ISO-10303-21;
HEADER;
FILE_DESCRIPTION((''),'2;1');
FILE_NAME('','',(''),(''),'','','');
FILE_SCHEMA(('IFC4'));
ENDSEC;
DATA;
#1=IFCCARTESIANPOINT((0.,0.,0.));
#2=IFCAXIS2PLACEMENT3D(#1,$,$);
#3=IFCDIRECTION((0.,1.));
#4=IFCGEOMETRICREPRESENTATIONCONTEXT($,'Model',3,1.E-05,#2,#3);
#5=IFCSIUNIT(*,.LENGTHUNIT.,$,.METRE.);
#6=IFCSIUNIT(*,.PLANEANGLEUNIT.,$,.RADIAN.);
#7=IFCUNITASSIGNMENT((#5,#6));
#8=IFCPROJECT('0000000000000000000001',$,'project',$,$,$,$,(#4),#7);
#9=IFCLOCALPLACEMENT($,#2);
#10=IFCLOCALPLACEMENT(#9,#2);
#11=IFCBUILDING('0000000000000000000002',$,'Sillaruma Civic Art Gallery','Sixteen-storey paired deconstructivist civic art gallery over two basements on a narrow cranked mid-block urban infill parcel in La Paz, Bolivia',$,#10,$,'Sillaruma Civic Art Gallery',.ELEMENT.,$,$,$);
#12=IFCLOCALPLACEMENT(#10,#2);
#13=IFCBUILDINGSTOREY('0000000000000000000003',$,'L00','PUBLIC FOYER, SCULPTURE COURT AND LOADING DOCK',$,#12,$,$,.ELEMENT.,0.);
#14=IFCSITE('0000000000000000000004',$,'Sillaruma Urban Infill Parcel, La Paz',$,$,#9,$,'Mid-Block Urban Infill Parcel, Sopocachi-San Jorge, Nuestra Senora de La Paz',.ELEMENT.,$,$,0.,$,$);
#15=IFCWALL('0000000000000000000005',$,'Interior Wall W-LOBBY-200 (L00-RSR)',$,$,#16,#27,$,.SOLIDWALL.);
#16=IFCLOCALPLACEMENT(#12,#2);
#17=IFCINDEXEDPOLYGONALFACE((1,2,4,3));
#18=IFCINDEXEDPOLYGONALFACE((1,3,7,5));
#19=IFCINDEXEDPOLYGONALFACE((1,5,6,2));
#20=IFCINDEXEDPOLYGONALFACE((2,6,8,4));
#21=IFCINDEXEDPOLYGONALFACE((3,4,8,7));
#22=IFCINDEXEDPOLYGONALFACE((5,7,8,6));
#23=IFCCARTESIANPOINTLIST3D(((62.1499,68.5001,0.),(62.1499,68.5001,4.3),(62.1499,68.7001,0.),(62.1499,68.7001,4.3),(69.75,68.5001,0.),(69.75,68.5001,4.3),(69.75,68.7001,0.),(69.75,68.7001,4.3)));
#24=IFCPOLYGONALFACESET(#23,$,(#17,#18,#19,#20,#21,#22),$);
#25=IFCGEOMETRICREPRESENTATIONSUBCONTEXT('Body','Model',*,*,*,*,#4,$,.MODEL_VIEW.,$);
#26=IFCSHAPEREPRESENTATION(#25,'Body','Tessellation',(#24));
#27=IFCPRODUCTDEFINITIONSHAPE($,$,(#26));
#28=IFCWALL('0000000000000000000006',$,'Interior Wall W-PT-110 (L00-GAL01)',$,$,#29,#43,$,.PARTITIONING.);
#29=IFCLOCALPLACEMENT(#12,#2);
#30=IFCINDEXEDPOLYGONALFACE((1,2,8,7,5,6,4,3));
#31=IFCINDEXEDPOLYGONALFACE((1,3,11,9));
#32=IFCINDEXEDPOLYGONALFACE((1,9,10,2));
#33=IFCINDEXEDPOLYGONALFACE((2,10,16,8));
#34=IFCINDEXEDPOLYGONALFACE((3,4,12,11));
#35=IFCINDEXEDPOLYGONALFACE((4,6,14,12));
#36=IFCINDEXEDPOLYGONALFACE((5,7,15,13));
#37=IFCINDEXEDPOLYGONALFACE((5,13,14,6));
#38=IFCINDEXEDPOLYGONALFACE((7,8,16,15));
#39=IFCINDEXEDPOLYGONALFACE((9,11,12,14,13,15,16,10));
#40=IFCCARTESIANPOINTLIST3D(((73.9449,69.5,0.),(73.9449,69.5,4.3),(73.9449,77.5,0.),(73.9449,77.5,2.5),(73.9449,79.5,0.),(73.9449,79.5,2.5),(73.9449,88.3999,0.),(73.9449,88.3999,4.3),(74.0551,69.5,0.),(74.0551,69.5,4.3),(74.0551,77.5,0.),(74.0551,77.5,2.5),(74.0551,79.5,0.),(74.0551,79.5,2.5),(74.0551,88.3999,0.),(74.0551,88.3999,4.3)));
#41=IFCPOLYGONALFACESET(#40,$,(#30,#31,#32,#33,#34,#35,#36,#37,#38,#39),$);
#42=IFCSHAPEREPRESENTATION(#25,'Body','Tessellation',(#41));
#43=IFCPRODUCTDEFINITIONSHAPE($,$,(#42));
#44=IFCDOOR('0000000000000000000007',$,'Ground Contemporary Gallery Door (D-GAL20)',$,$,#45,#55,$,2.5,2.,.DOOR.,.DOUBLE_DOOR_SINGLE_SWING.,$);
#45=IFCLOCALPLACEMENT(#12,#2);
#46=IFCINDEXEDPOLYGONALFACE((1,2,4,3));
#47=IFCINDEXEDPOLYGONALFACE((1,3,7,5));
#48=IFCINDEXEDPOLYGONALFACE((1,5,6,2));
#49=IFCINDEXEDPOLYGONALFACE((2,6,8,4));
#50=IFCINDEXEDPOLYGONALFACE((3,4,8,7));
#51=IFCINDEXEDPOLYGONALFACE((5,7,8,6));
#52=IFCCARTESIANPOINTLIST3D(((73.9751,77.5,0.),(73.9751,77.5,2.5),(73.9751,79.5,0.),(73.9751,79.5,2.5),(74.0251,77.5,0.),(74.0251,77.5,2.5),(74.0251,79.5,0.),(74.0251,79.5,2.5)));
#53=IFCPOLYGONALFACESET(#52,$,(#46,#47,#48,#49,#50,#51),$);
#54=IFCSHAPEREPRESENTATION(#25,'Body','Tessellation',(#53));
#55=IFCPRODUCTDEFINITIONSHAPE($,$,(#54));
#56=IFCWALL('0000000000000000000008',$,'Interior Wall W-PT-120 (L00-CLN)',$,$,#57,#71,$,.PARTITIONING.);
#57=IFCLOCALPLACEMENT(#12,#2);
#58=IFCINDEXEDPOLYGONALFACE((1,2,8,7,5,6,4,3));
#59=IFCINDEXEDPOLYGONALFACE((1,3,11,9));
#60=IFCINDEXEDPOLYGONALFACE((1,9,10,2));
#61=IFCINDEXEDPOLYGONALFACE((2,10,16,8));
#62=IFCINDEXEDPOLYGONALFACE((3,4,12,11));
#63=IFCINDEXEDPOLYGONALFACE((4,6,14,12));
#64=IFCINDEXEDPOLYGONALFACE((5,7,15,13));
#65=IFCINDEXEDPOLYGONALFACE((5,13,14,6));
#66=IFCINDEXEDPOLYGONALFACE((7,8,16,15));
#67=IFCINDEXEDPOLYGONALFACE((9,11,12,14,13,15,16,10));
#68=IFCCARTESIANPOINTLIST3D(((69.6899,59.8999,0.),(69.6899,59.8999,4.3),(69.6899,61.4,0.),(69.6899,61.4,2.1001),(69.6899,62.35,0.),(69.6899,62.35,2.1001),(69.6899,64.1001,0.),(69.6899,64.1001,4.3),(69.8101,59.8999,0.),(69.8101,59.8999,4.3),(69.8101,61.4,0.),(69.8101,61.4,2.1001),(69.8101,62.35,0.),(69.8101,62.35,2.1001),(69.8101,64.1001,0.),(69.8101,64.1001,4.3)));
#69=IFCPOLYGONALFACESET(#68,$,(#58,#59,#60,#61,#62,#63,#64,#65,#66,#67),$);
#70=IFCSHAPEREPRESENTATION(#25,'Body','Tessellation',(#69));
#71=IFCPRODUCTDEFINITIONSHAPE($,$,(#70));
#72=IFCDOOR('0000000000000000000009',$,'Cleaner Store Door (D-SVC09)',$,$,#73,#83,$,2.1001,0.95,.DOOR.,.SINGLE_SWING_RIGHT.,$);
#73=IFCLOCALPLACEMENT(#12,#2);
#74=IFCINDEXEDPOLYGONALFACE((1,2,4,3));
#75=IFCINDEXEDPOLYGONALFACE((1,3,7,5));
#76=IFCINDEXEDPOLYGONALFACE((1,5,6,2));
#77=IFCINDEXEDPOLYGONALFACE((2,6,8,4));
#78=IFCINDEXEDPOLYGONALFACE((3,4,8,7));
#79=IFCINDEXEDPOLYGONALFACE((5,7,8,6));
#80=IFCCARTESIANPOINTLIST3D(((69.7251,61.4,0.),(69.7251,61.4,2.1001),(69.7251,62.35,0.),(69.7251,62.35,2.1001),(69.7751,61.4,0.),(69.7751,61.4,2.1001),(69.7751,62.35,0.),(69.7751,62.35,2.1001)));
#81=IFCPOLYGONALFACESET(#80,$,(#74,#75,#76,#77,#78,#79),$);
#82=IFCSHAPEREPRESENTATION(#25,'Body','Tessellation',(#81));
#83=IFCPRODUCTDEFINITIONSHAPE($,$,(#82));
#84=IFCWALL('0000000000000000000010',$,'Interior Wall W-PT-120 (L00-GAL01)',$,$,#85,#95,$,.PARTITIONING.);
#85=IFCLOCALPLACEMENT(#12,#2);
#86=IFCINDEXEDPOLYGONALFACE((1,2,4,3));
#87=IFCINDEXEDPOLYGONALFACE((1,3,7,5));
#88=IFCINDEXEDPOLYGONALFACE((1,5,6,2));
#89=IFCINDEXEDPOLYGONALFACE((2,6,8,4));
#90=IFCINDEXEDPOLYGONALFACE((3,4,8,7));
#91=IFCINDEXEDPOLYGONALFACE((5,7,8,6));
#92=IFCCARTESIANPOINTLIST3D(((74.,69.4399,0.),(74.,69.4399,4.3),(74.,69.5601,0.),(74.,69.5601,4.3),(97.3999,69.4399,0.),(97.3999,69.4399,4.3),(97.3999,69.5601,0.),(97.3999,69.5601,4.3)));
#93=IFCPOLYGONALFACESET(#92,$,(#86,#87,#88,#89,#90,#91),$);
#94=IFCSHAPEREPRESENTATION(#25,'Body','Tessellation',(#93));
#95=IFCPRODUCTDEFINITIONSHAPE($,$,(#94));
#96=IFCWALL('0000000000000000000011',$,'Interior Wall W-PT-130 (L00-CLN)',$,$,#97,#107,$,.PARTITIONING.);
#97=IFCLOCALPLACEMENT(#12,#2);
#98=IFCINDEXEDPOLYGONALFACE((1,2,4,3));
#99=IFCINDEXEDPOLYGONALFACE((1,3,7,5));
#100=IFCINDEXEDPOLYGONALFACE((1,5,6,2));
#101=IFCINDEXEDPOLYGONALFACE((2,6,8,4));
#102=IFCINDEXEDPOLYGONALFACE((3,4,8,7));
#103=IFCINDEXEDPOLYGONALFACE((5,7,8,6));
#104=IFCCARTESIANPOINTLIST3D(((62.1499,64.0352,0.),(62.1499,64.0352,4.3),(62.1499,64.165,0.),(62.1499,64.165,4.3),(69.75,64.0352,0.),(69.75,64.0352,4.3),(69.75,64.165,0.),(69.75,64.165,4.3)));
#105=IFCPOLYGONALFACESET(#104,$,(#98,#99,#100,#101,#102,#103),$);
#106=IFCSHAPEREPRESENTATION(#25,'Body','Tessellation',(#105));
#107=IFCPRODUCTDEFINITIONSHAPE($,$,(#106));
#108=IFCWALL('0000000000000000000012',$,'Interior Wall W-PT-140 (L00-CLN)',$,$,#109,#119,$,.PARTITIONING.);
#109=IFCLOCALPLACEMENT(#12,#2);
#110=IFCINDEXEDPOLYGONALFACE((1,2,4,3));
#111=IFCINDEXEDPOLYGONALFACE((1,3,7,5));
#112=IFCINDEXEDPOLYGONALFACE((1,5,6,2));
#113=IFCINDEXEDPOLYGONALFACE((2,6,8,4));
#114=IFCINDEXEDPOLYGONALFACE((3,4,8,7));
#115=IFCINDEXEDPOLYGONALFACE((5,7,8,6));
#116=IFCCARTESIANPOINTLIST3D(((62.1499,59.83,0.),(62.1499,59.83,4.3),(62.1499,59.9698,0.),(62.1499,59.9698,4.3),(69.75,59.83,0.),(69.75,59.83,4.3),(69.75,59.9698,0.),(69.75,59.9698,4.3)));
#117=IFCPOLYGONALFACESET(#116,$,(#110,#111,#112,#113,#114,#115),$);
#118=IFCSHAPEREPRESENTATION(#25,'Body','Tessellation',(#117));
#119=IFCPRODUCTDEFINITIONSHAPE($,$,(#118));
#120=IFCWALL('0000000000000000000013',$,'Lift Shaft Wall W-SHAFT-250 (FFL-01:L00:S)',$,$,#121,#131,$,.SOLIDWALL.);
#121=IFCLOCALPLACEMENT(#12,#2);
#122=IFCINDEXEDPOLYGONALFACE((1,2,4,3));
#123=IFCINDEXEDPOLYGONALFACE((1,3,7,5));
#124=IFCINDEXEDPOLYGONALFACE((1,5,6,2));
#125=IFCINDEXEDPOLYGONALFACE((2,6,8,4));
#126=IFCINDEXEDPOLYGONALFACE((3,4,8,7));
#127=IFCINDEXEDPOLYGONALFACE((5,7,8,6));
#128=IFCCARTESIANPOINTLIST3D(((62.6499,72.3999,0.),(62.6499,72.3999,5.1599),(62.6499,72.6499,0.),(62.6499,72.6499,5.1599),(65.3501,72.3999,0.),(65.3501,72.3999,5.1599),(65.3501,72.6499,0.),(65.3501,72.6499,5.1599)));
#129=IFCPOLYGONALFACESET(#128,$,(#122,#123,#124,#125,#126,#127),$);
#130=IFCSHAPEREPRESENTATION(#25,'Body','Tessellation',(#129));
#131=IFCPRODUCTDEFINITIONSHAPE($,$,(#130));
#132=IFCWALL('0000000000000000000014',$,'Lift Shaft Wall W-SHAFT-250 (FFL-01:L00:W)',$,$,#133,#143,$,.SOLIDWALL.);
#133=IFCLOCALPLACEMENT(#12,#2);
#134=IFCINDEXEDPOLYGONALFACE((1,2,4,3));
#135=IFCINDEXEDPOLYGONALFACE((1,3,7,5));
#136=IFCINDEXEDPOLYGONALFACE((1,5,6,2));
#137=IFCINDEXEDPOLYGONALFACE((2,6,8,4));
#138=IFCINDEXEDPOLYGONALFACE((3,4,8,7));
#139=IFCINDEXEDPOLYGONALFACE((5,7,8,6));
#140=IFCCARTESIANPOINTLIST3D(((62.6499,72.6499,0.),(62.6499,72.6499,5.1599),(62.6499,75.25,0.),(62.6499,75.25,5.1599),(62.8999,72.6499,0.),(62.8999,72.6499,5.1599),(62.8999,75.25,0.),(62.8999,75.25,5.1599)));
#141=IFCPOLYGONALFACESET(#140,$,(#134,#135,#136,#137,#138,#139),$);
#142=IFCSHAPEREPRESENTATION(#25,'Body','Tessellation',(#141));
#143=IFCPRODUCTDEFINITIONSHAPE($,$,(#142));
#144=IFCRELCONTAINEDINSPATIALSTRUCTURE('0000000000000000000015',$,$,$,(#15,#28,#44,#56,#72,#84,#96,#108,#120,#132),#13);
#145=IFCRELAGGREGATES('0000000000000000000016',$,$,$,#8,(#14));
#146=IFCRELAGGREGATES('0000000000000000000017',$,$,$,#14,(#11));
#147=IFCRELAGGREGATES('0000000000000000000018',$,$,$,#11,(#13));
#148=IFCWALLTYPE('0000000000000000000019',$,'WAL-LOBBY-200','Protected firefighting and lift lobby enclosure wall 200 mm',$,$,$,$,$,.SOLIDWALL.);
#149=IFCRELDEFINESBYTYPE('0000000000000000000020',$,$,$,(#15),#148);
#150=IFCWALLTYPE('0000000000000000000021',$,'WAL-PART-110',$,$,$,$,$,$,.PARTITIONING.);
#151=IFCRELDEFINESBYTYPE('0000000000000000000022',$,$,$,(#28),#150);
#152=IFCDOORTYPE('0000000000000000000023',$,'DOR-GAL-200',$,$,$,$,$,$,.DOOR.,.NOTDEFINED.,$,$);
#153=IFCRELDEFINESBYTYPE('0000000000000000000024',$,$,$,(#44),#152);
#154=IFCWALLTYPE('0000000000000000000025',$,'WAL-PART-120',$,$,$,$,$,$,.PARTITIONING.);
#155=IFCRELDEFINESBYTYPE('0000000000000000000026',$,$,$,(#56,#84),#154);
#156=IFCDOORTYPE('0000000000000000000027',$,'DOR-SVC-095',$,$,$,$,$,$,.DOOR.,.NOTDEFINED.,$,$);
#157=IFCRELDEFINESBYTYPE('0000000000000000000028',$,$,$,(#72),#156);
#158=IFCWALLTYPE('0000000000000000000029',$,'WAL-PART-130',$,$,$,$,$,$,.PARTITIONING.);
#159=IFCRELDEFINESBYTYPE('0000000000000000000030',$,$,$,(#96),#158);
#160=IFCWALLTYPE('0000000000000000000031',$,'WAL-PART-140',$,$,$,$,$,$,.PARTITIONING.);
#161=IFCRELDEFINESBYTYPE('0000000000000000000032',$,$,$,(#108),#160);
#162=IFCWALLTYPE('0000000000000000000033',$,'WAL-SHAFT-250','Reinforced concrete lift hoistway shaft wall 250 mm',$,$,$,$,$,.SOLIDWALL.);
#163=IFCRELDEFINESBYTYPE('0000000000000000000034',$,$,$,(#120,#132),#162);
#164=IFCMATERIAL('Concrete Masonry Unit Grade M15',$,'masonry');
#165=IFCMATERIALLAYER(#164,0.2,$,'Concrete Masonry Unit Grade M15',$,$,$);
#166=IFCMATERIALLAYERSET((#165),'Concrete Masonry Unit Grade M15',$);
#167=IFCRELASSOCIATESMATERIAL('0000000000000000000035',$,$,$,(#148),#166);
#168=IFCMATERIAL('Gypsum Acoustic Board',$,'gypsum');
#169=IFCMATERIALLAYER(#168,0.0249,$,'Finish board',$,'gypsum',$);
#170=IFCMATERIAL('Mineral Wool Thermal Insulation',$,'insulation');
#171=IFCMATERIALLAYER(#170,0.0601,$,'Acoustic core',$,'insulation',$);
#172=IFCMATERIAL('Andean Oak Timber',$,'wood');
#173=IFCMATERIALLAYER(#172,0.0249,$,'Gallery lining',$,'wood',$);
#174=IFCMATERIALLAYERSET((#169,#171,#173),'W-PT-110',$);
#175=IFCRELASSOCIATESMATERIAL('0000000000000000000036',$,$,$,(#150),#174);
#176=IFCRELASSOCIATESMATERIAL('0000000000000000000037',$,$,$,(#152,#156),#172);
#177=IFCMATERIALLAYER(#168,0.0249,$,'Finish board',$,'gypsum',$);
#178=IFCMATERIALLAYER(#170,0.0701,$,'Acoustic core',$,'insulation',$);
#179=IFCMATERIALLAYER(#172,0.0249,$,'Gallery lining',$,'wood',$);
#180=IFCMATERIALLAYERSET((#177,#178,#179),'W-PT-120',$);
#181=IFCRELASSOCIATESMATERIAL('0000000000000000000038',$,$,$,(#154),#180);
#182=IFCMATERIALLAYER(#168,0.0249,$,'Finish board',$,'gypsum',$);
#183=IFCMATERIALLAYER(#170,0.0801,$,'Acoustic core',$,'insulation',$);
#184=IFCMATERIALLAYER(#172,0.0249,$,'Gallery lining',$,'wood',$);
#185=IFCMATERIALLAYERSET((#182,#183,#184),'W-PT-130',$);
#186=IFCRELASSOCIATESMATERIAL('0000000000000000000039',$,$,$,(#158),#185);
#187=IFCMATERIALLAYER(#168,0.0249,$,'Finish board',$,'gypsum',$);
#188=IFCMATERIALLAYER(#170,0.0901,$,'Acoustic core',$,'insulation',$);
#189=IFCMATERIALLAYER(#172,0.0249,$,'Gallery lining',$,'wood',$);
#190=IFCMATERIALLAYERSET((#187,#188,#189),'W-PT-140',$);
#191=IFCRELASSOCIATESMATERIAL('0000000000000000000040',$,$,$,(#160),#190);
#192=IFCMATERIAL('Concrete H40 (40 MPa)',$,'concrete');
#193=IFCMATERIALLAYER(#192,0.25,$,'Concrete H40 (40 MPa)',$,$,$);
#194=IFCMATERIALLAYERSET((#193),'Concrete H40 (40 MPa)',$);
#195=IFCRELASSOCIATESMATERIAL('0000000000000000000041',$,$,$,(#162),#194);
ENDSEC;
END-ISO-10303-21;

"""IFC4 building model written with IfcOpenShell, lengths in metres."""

from ifc_helpers import new_model, si_unit, direction, frame, frame_2d, origin, place, context, subcontext, project, spatial, rectangle, extrude, material, layer, layer_set, type_object, element, fill, save


model = new_model("IFC4")

# Units and contexts
model_context = context("Model", 3, precision=1e-05, world=origin(), true_north=direction((0.0, 1.0)))
body_context = subcontext(model_context, "Body", "Model", "MODEL_VIEW")
ifc_project = project(units=[si_unit("LENGTHUNIT", "METRE"), si_unit("PLANEANGLEUNIT", "RADIAN")], contexts=[model_context])

# Site, building, storey
site_placement = place(None, origin())
site = spatial("IfcSite", under=ifc_project, at=site_placement, Name="Sillaruma Urban Infill Parcel, La Paz", LongName="Mid-Block Urban Infill Parcel, Sopocachi-San Jorge, Nuestra Senora de La Paz", CompositionType="ELEMENT", RefElevation=0.0)
building_placement = place(site_placement, origin())
building = spatial("IfcBuilding", under=site, at=building_placement, Name="Sillaruma Civic Art Gallery", Description="Sixteen-storey paired deconstructivist civic art gallery over two basements on a narrow cranked mid-block urban infill parcel in La Paz, Bolivia", LongName="Sillaruma Civic Art Gallery", CompositionType="ELEMENT")
storey_placement = place(building_placement, origin())
storey = spatial("IfcBuildingStorey", under=building, at=storey_placement, Name="L00", Description="PUBLIC FOYER, SCULPTURE COURT AND LOADING DOCK", CompositionType="ELEMENT", Elevation=0.0)

# Shared definitions
ifc_material_1 = material(Name="Concrete H40 (40 MPa)", Category="concrete")

# Shared definitions
ifc_material_2 = material(Name="Concrete Masonry Unit Grade M15", Category="masonry")
ifc_layer_1 = layer(ifc_material_2, 0.2, Name="Concrete Masonry Unit Grade M15")
ifc_layer_set_1 = layer_set([ifc_layer_1], Name="Concrete Masonry Unit Grade M15")
wall_type_1 = type_object("IfcWallType", Name="WAL-LOBBY-200", Description="Protected firefighting and lift lobby enclosure wall 200 mm", PredefinedType="SOLIDWALL", material=ifc_layer_set_1)

# Wall
wall_1_placement = place(storey_placement, frame((62.1499, 68.6001, 0.0), z_axis=(0.0, 0.0, 1.0), x_axis=(1.0, 0.0, 0.0)))
element("IfcWall", 1, at=wall_1_placement, inside=storey, type_object=wall_type_1, Name="Interior Wall W-LOBBY-200 (L00-RSR)", PredefinedType="SOLIDWALL", context=body_context, shape_type="SweptSolid", body=[
    extrude(rectangle(XDim=7.6001, YDim=0.2, at=frame_2d((3.8, 0.0))), origin(), (0.0, 0.0, 1.0), 4.3),
])

# Walls, openings, doors
ifc_material_3 = material(Name="Gypsum Acoustic Board", Category="gypsum")
ifc_layer_2 = layer(ifc_material_3, 0.0249, Name="Finish board", Category="gypsum")
ifc_material_4 = material(Name="Mineral Wool Thermal Insulation", Category="insulation")
ifc_layer_3 = layer(ifc_material_4, 0.0601, Name="Acoustic core", Category="insulation")
ifc_material_5 = material(Name="Andean Oak Timber", Category="wood")
ifc_layer_4 = layer(ifc_material_5, 0.0249, Name="Gallery lining", Category="wood")
ifc_layer_set_2 = layer_set([ifc_layer_2, ifc_layer_3, ifc_layer_4], Name="W-PT-110")
wall_type_2 = type_object("IfcWallType", Name="WAL-PART-110", PredefinedType="PARTITIONING", material=ifc_layer_set_2)
wall_2_placement = place(storey_placement, frame((74.0, 69.5, 0.0), z_axis=(0.0, 0.0, 1.0), x_axis=(0.0, 1.0, 0.0)))
wall_2 = element("IfcWall", 2, at=wall_2_placement, inside=storey, type_object=wall_type_2, Name="Interior Wall W-PT-110 (L00-GAL01)", PredefinedType="PARTITIONING", context=body_context, shape_type="SweptSolid", body=[
    extrude(rectangle(XDim=18.8999, YDim=0.1101, at=frame_2d((9.45, 0.0))), origin(), (0.0, 0.0, 1.0), 4.3),
])
opening_1_placement = place(wall_2_placement, frame((8.0, 0.0, 0.0)))
opening_1 = element("IfcOpeningElement", 3, at=opening_1_placement, cuts=wall_2, PredefinedType="OPENING", context=body_context, shape_type="SweptSolid", body=[
    extrude(rectangle(XDim=2.0, YDim=2.5, at=frame_2d((1.0, 1.25))), frame((0.0, 0.0649, 0.0), z_axis=(0.0, -1.0, 0.0), x_axis=(1.0, 0.0, 0.0)), (0.0, 0.0, 1.0), 0.1301),
])
door_type_1 = type_object("IfcDoorType", Name="DOR-GAL-200", OperationType="NOTDEFINED", PredefinedType="DOOR", material=ifc_material_5)
door_1_placement = place(opening_1_placement, origin())
door_1 = element("IfcDoor", 4, at=door_1_placement, inside=storey, type_object=door_type_1, Name="Ground Contemporary Gallery Door (D-GAL20)", OperationType="DOUBLE_DOOR_SINGLE_SWING", OverallHeight=2.5, OverallWidth=2.0, PredefinedType="DOOR", context=body_context, shape_type="SweptSolid", body=[
    extrude(rectangle(XDim=2.0, YDim=2.5, at=frame_2d((1.0, 1.25))), frame((0.0, 0.0249, 0.0), z_axis=(0.0, -1.0, 0.0), x_axis=(1.0, 0.0, 0.0)), (0.0, 0.0, 1.0), 0.05),
])
fill(opening_1, door_1)
ifc_layer_5 = layer(ifc_material_3, 0.0249, Name="Finish board", Category="gypsum")
ifc_layer_6 = layer(ifc_material_4, 0.0701, Name="Acoustic core", Category="insulation")
ifc_layer_7 = layer(ifc_material_5, 0.0249, Name="Gallery lining", Category="wood")
ifc_layer_set_3 = layer_set([ifc_layer_5, ifc_layer_6, ifc_layer_7], Name="W-PT-120")
wall_type_3 = type_object("IfcWallType", Name="WAL-PART-120", PredefinedType="PARTITIONING", material=ifc_layer_set_3)
wall_3_placement = place(storey_placement, frame((69.75, 59.8999, 0.0), z_axis=(0.0, 0.0, 1.0), x_axis=(0.0, 1.0, 0.0)))
wall_3 = element("IfcWall", 5, at=wall_3_placement, inside=storey, type_object=wall_type_3, Name="Interior Wall W-PT-120 (L00-CLN)", PredefinedType="PARTITIONING", context=body_context, shape_type="SweptSolid", body=[
    extrude(rectangle(XDim=4.2002, YDim=0.1201, at=frame_2d((2.1001, 0.0))), origin(), (0.0, 0.0, 1.0), 4.3),
])
opening_2_placement = place(wall_3_placement, frame((1.5, 0.0, 0.0)))
opening_2 = element("IfcOpeningElement", 6, at=opening_2_placement, cuts=wall_3, PredefinedType="OPENING", context=body_context, shape_type="SweptSolid", body=[
    extrude(rectangle(XDim=0.95, YDim=2.1001, at=frame_2d((0.4751, 1.05))), frame((0.0, 0.0701, 0.0), z_axis=(0.0, -1.0, 0.0), x_axis=(1.0, 0.0, 0.0)), (0.0, 0.0, 1.0), 0.1401),
])
door_type_2 = type_object("IfcDoorType", Name="DOR-SVC-095", OperationType="NOTDEFINED", PredefinedType="DOOR", material=ifc_material_5)
door_2_placement = place(opening_2_placement, origin())
door_2 = element("IfcDoor", 7, at=door_2_placement, inside=storey, type_object=door_type_2, Name="Cleaner Store Door (D-SVC09)", OperationType="SINGLE_SWING_RIGHT", OverallHeight=2.1001, OverallWidth=0.95, PredefinedType="DOOR", context=body_context, shape_type="SweptSolid", body=[
    extrude(rectangle(XDim=0.95, YDim=2.1001, at=frame_2d((0.4751, 1.05))), frame((0.0, 0.0249, 0.0), z_axis=(0.0, -1.0, 0.0), x_axis=(1.0, 0.0, 0.0)), (0.0, 0.0, 1.0), 0.05),
])
fill(opening_2, door_2)

# Walls
wall_4_placement = place(storey_placement, frame((74.0, 69.5, 0.0), z_axis=(0.0, 0.0, 1.0), x_axis=(1.0, 0.0, 0.0)))
element("IfcWall", 8, at=wall_4_placement, inside=storey, type_object=wall_type_3, Name="Interior Wall W-PT-120 (L00-GAL01)", PredefinedType="PARTITIONING", context=body_context, shape_type="SweptSolid", body=[
    extrude(rectangle(XDim=23.3999, YDim=0.1201, at=frame_2d((11.7, 0.0))), origin(), (0.0, 0.0, 1.0), 4.3),
])
ifc_layer_8 = layer(ifc_material_3, 0.0249, Name="Finish board", Category="gypsum")
ifc_layer_9 = layer(ifc_material_4, 0.0801, Name="Acoustic core", Category="insulation")
ifc_layer_10 = layer(ifc_material_5, 0.0249, Name="Gallery lining", Category="wood")
ifc_layer_set_4 = layer_set([ifc_layer_8, ifc_layer_9, ifc_layer_10], Name="W-PT-130")
wall_type_4 = type_object("IfcWallType", Name="WAL-PART-130", PredefinedType="PARTITIONING", material=ifc_layer_set_4)
wall_5_placement = place(storey_placement, frame((62.1499, 64.1001, 0.0), z_axis=(0.0, 0.0, 1.0), x_axis=(1.0, 0.0, 0.0)))
element("IfcWall", 9, at=wall_5_placement, inside=storey, type_object=wall_type_4, Name="Interior Wall W-PT-130 (L00-CLN)", PredefinedType="PARTITIONING", context=body_context, shape_type="SweptSolid", body=[
    extrude(rectangle(XDim=7.6001, YDim=0.1299, at=frame_2d((3.8, 0.0))), origin(), (0.0, 0.0, 1.0), 4.3),
])
ifc_layer_11 = layer(ifc_material_3, 0.0249, Name="Finish board", Category="gypsum")
ifc_layer_12 = layer(ifc_material_4, 0.0901, Name="Acoustic core", Category="insulation")
ifc_layer_13 = layer(ifc_material_5, 0.0249, Name="Gallery lining", Category="wood")
ifc_layer_set_5 = layer_set([ifc_layer_11, ifc_layer_12, ifc_layer_13], Name="W-PT-140")
wall_type_5 = type_object("IfcWallType", Name="WAL-PART-140", PredefinedType="PARTITIONING", material=ifc_layer_set_5)
wall_6_placement = place(storey_placement, frame((62.1499, 59.8999, 0.0), z_axis=(0.0, 0.0, 1.0), x_axis=(1.0, 0.0, 0.0)))
element("IfcWall", 10, at=wall_6_placement, inside=storey, type_object=wall_type_5, Name="Interior Wall W-PT-140 (L00-CLN)", PredefinedType="PARTITIONING", context=body_context, shape_type="SweptSolid", body=[
    extrude(rectangle(XDim=7.6001, YDim=0.1399, at=frame_2d((3.8, 0.0))), origin(), (0.0, 0.0, 1.0), 4.3),
])
ifc_layer_14 = layer(ifc_material_1, 0.25, Name="Concrete H40 (40 MPa)")
ifc_layer_set_6 = layer_set([ifc_layer_14], Name="Concrete H40 (40 MPa)")
wall_type_6 = type_object("IfcWallType", Name="WAL-SHAFT-250", Description="Reinforced concrete lift hoistway shaft wall 250 mm", PredefinedType="SOLIDWALL", material=ifc_layer_set_6)
wall_7_placement = place(storey_placement, frame((62.6499, 72.5249, 0.0), z_axis=(0.0, 0.0, 1.0), x_axis=(1.0, 0.0, 0.0)))
element("IfcWall", 11, at=wall_7_placement, inside=storey, type_object=wall_type_6, Name="Lift Shaft Wall W-SHAFT-250 (FFL-01:L00:S)", PredefinedType="SOLIDWALL", context=body_context, shape_type="SweptSolid", body=[
    extrude(rectangle(XDim=2.7002, YDim=0.25, at=frame_2d((1.3501, 0.0))), origin(), (0.0, 0.0, 1.0), 5.1599),
])
wall_8_placement = place(storey_placement, frame((62.7749, 72.6499, 0.0), z_axis=(0.0, 0.0, 1.0), x_axis=(0.0, 1.0, 0.0)))
element("IfcWall", 12, at=wall_8_placement, inside=storey, type_object=wall_type_6, Name="Lift Shaft Wall W-SHAFT-250 (FFL-01:L00:W)", PredefinedType="SOLIDWALL", context=body_context, shape_type="SweptSolid", body=[
    extrude(rectangle(XDim=2.6001, YDim=0.25, at=frame_2d((1.3, 0.0))), origin(), (0.0, 0.0, 1.0), 5.1599),
])

save(model, "model.ifc")
